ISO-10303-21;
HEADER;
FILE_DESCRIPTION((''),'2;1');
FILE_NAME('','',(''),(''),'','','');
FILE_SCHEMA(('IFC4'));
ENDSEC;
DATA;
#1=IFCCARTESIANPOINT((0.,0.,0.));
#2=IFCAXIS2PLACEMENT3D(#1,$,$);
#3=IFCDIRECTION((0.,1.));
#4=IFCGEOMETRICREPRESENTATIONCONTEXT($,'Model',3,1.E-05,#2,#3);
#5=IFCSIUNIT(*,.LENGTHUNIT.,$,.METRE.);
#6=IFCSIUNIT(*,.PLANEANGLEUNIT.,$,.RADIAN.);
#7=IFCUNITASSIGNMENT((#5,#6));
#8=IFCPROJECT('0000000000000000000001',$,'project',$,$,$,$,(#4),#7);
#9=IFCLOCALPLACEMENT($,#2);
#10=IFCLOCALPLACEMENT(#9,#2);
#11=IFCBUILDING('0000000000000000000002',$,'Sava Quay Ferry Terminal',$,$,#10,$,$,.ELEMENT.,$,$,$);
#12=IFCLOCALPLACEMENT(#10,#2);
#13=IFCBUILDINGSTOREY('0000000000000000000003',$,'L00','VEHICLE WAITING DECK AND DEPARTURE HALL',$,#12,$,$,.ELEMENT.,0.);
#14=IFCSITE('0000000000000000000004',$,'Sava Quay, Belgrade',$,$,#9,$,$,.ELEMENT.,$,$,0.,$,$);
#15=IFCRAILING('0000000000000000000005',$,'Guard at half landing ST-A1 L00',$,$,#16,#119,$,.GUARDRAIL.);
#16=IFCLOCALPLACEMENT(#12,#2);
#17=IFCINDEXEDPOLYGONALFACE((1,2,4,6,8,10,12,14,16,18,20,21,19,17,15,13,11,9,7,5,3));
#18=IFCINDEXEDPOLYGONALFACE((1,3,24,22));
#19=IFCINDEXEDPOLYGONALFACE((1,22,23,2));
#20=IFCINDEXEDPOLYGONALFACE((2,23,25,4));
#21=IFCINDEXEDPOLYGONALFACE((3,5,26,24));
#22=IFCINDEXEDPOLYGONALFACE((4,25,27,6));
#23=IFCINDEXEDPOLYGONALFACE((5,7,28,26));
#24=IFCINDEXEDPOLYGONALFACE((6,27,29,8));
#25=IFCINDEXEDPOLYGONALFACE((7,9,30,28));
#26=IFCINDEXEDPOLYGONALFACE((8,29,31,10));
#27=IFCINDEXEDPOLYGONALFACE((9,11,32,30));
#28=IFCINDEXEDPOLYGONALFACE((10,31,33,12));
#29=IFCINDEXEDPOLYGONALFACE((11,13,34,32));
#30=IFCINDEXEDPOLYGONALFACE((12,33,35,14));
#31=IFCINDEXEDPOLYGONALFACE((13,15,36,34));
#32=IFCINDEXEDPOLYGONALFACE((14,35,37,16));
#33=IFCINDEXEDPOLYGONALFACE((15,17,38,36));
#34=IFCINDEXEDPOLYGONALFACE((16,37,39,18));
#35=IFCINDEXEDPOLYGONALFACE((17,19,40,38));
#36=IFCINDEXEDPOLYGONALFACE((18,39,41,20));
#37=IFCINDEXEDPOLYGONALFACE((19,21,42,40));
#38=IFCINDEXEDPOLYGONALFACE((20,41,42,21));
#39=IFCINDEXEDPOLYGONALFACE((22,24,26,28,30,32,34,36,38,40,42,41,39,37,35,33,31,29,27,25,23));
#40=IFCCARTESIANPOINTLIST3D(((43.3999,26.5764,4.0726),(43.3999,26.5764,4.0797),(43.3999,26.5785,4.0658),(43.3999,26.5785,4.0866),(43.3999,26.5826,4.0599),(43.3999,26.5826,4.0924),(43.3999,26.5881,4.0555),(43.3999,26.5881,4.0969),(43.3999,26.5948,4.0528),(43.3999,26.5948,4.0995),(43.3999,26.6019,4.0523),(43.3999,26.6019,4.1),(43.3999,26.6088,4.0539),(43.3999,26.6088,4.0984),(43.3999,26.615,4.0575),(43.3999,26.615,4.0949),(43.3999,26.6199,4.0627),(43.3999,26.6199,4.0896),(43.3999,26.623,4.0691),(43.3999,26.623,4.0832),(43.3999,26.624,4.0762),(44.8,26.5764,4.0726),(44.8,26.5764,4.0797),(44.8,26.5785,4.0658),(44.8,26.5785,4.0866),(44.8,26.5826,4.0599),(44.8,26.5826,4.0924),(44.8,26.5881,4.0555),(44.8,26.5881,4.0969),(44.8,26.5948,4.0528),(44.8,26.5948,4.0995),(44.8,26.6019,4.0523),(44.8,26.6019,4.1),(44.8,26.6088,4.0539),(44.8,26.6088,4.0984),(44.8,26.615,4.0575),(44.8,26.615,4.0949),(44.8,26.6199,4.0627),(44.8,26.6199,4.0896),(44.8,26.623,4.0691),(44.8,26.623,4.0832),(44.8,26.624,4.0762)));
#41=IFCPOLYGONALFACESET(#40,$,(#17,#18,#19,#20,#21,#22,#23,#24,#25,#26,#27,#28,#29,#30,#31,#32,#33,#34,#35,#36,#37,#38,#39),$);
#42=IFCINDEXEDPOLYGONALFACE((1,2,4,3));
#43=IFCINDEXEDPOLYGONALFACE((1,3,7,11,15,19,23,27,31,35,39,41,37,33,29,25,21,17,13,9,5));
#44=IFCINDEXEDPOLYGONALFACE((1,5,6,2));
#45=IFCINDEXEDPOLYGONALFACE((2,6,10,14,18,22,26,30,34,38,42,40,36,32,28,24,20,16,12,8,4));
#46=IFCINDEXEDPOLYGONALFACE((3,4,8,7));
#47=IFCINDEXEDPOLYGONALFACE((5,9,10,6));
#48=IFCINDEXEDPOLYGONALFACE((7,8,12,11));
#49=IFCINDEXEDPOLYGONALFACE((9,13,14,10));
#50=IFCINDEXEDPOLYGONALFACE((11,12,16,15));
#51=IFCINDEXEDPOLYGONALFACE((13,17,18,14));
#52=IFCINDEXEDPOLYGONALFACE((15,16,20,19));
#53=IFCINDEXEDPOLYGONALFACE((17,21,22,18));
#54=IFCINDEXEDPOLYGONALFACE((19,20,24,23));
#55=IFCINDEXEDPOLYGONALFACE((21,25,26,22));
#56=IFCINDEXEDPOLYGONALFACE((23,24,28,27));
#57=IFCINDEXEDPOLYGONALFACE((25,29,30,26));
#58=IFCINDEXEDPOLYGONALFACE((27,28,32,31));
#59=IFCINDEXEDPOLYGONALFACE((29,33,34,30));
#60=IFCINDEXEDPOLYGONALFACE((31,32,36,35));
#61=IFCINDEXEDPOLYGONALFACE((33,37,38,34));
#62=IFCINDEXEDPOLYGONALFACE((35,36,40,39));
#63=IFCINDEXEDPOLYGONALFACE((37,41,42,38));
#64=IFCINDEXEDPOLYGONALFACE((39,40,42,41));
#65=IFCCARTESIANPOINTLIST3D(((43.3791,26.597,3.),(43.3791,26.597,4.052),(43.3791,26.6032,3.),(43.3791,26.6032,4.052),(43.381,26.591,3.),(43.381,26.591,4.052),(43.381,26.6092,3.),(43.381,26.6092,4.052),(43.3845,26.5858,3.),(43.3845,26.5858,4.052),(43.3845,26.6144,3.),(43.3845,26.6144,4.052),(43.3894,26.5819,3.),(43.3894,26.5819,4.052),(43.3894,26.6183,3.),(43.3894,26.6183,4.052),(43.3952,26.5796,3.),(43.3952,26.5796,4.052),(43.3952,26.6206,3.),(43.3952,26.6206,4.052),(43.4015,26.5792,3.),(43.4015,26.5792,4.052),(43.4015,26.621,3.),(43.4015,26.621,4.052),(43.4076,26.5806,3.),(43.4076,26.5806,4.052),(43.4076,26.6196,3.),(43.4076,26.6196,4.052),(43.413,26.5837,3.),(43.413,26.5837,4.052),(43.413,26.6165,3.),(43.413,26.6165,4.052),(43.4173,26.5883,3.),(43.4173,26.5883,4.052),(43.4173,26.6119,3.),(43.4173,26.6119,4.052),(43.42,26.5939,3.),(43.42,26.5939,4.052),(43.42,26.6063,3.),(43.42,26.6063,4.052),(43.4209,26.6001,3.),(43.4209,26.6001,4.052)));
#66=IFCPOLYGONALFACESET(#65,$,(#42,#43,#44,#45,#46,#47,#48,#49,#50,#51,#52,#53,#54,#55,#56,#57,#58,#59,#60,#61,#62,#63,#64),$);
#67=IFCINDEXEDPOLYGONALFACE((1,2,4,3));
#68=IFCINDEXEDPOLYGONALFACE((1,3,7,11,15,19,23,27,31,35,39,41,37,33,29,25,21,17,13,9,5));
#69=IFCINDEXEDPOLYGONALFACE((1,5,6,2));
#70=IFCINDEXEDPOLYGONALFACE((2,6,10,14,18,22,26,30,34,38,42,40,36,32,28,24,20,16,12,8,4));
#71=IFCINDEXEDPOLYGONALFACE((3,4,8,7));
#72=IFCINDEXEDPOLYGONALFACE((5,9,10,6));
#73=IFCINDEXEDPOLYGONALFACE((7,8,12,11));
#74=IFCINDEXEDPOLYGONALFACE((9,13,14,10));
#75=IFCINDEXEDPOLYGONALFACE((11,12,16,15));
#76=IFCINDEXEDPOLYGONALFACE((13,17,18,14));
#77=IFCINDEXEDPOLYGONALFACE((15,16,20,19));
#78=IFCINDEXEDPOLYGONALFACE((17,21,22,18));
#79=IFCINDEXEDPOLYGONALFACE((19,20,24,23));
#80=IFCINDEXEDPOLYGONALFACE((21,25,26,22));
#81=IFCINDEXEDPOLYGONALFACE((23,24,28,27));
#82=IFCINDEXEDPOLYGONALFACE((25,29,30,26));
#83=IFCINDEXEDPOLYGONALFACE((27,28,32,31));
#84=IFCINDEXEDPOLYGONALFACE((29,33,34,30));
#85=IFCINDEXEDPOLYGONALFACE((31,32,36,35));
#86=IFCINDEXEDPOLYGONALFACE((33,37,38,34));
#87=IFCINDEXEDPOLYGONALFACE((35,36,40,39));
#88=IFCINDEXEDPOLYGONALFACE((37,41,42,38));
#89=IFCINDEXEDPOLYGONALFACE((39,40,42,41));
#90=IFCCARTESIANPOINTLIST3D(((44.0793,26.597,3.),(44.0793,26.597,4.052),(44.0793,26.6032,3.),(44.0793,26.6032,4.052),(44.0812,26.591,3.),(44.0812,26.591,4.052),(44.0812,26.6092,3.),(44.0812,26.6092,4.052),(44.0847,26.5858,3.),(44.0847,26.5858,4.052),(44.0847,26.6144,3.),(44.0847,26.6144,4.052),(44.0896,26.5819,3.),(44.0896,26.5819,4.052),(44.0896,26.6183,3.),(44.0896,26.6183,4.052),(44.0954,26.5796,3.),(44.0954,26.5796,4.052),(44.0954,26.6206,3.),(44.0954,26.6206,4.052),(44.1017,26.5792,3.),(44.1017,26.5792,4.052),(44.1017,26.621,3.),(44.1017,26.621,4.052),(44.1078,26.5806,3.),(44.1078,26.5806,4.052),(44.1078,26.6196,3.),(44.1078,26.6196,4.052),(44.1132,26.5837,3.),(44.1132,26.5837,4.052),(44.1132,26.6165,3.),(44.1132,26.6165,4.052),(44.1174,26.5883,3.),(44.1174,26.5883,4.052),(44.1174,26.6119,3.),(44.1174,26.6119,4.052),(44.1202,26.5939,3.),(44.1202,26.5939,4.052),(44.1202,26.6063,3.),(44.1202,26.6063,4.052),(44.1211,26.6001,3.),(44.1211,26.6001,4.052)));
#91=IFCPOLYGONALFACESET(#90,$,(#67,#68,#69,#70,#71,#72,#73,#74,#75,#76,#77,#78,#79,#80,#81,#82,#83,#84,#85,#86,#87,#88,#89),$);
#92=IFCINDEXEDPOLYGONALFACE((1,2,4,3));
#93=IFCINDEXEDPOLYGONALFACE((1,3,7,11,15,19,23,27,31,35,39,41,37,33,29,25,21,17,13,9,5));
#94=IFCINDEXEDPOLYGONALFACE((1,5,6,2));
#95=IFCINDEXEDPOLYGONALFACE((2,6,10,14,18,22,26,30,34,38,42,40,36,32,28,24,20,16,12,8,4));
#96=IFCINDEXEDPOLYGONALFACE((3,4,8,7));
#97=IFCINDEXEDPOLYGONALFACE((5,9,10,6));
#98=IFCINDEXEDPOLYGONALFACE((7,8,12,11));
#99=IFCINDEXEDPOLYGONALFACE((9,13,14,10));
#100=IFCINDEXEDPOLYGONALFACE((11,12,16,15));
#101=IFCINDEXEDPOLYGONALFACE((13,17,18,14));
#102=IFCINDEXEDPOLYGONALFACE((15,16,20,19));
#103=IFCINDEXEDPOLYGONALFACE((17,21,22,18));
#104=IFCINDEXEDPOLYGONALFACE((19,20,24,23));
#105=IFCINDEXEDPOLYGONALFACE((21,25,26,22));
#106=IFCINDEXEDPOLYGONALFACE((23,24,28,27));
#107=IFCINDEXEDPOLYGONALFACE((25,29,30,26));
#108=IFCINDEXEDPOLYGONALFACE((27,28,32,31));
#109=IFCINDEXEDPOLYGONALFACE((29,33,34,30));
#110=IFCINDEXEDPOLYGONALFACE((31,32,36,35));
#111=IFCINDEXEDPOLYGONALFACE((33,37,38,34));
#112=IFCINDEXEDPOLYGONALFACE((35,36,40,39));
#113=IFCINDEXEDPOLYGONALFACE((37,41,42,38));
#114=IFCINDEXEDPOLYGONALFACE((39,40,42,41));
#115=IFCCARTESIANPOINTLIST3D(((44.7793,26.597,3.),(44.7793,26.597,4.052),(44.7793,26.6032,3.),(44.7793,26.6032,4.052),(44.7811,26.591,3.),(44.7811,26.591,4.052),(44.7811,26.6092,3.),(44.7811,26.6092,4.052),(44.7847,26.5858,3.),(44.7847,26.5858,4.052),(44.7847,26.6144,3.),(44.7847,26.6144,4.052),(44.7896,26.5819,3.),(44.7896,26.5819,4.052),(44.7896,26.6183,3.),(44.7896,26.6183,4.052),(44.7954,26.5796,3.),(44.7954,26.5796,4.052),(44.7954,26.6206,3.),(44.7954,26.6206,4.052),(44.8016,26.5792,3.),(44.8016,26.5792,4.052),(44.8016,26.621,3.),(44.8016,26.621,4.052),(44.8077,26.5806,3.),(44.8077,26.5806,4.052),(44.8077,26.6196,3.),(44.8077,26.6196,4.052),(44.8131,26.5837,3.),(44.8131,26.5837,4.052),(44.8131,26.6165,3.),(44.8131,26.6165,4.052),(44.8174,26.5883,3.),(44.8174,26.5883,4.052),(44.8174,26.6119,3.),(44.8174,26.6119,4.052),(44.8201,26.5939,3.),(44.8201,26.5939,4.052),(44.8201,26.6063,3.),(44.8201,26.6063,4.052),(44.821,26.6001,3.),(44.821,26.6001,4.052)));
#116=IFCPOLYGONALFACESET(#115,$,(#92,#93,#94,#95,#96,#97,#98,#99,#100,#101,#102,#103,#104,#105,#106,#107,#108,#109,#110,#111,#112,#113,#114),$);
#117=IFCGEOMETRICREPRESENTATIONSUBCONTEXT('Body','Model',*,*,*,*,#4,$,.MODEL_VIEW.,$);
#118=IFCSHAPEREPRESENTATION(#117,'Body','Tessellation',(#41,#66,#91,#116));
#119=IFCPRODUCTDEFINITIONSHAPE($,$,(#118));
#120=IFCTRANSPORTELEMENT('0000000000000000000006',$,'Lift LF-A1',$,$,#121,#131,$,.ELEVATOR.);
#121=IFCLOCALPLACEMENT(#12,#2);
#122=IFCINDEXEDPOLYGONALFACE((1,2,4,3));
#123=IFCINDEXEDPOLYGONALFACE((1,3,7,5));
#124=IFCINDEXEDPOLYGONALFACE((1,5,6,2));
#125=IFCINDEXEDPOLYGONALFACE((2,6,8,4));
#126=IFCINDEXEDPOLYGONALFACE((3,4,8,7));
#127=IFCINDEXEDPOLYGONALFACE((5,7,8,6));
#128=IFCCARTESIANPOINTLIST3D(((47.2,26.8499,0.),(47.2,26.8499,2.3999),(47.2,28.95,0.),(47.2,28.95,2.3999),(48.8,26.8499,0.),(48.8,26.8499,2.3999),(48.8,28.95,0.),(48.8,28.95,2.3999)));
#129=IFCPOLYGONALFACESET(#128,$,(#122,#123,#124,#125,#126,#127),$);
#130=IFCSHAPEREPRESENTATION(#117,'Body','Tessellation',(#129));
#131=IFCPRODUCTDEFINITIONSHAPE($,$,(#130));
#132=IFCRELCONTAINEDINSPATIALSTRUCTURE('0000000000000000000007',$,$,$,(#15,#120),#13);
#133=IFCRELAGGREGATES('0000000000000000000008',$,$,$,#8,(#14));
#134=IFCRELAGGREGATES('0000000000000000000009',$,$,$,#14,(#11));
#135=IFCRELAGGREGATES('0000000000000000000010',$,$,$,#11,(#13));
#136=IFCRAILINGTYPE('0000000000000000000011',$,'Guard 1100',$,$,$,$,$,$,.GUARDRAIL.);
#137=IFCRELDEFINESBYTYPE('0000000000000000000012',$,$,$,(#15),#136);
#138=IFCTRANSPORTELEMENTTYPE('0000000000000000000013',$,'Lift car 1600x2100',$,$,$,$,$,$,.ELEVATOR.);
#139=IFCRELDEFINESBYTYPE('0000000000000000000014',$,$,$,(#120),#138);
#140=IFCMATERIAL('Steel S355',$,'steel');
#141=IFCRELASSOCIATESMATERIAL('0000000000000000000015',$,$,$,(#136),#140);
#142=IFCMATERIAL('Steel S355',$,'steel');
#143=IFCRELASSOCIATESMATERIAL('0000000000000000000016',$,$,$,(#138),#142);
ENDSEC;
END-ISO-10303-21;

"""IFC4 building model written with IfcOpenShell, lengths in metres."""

from ifc_helpers import new_model, si_unit, direction, frame, origin, origin_2d, place, context, subcontext, project, spatial, rectangle, circle, extrude, material, type_object, element, save


model = new_model("IFC4")

# Units and contexts
model_context = context("Model", 3, precision=1e-05, world=origin(), true_north=direction((0.0, 1.0)))
body_context = subcontext(model_context, "Body", "Model", "MODEL_VIEW")
ifc_project = project(units=[si_unit("LENGTHUNIT", "METRE"), si_unit("PLANEANGLEUNIT", "RADIAN")], contexts=[model_context])

# Site, building, storey
site_placement = place(None, origin())
site = spatial("IfcSite", under=ifc_project, at=site_placement, Name="Sava Quay, Belgrade", CompositionType="ELEMENT", RefElevation=0.0)
building_placement = place(site_placement, origin())
building = spatial("IfcBuilding", under=site, at=building_placement, Name="Sava Quay Ferry Terminal", CompositionType="ELEMENT")
storey_placement = place(building_placement, origin())
storey = spatial("IfcBuildingStorey", under=building, at=storey_placement, Name="L00", Description="VEHICLE WAITING DECK AND DEPARTURE HALL", CompositionType="ELEMENT", Elevation=0.0)

# Railing
ifc_material_1 = material(Name="Steel S355", Category="steel")
railing_type_1 = type_object("IfcRailingType", Name="Guard 1100", PredefinedType="GUARDRAIL", material=ifc_material_1)
railing_1_placement = place(storey_placement, frame((43.3999, 26.6001, 3.0)))
element("IfcRailing", 1, at=railing_1_placement, inside=storey, type_object=railing_type_1, Name="Guard at half landing ST-A1 L00", PredefinedType="GUARDRAIL", context=body_context, shape_type="SweptSolid", body=[
    extrude(circle(Radius=0.0239, at=origin_2d()), frame((0.0, 0.0, 1.0762), z_axis=(1.0, 0.0, 0.0), x_axis=(0.0, 1.0, 0.0)), (0.0, 0.0, 1.0), 1.4001),
    extrude(circle(Radius=0.021, at=origin_2d()), origin(), (0.0, 0.0, 1.0), 1.052),
    extrude(circle(Radius=0.021, at=origin_2d()), frame((0.7002, 0.0, 0.0)), (0.0, 0.0, 1.0), 1.052),
    extrude(circle(Radius=0.021, at=origin_2d()), frame((1.4001, 0.0, 0.0)), (0.0, 0.0, 1.0), 1.052),
])

# Transport element
ifc_material_2 = material(Name="Steel S355", Category="steel")
transport_element_type = type_object("IfcTransportElementType", Name="Lift car 1600x2100", PredefinedType="ELEVATOR", material=ifc_material_2)
transport_element_placement = place(storey_placement, frame((48.0, 27.8999, 0.0), z_axis=(0.0, 0.0, 1.0), x_axis=(1.0, 0.0, 0.0)))
element("IfcTransportElement", 2, at=transport_element_placement, inside=storey, type_object=transport_element_type, Name="Lift LF-A1", PredefinedType="ELEVATOR", context=body_context, shape_type="SweptSolid", body=[
    extrude(rectangle(XDim=1.6001, YDim=2.1001, at=origin_2d()), origin(), (0.0, 0.0, 1.0), 2.3999),
])

save(model, "model.ifc")
